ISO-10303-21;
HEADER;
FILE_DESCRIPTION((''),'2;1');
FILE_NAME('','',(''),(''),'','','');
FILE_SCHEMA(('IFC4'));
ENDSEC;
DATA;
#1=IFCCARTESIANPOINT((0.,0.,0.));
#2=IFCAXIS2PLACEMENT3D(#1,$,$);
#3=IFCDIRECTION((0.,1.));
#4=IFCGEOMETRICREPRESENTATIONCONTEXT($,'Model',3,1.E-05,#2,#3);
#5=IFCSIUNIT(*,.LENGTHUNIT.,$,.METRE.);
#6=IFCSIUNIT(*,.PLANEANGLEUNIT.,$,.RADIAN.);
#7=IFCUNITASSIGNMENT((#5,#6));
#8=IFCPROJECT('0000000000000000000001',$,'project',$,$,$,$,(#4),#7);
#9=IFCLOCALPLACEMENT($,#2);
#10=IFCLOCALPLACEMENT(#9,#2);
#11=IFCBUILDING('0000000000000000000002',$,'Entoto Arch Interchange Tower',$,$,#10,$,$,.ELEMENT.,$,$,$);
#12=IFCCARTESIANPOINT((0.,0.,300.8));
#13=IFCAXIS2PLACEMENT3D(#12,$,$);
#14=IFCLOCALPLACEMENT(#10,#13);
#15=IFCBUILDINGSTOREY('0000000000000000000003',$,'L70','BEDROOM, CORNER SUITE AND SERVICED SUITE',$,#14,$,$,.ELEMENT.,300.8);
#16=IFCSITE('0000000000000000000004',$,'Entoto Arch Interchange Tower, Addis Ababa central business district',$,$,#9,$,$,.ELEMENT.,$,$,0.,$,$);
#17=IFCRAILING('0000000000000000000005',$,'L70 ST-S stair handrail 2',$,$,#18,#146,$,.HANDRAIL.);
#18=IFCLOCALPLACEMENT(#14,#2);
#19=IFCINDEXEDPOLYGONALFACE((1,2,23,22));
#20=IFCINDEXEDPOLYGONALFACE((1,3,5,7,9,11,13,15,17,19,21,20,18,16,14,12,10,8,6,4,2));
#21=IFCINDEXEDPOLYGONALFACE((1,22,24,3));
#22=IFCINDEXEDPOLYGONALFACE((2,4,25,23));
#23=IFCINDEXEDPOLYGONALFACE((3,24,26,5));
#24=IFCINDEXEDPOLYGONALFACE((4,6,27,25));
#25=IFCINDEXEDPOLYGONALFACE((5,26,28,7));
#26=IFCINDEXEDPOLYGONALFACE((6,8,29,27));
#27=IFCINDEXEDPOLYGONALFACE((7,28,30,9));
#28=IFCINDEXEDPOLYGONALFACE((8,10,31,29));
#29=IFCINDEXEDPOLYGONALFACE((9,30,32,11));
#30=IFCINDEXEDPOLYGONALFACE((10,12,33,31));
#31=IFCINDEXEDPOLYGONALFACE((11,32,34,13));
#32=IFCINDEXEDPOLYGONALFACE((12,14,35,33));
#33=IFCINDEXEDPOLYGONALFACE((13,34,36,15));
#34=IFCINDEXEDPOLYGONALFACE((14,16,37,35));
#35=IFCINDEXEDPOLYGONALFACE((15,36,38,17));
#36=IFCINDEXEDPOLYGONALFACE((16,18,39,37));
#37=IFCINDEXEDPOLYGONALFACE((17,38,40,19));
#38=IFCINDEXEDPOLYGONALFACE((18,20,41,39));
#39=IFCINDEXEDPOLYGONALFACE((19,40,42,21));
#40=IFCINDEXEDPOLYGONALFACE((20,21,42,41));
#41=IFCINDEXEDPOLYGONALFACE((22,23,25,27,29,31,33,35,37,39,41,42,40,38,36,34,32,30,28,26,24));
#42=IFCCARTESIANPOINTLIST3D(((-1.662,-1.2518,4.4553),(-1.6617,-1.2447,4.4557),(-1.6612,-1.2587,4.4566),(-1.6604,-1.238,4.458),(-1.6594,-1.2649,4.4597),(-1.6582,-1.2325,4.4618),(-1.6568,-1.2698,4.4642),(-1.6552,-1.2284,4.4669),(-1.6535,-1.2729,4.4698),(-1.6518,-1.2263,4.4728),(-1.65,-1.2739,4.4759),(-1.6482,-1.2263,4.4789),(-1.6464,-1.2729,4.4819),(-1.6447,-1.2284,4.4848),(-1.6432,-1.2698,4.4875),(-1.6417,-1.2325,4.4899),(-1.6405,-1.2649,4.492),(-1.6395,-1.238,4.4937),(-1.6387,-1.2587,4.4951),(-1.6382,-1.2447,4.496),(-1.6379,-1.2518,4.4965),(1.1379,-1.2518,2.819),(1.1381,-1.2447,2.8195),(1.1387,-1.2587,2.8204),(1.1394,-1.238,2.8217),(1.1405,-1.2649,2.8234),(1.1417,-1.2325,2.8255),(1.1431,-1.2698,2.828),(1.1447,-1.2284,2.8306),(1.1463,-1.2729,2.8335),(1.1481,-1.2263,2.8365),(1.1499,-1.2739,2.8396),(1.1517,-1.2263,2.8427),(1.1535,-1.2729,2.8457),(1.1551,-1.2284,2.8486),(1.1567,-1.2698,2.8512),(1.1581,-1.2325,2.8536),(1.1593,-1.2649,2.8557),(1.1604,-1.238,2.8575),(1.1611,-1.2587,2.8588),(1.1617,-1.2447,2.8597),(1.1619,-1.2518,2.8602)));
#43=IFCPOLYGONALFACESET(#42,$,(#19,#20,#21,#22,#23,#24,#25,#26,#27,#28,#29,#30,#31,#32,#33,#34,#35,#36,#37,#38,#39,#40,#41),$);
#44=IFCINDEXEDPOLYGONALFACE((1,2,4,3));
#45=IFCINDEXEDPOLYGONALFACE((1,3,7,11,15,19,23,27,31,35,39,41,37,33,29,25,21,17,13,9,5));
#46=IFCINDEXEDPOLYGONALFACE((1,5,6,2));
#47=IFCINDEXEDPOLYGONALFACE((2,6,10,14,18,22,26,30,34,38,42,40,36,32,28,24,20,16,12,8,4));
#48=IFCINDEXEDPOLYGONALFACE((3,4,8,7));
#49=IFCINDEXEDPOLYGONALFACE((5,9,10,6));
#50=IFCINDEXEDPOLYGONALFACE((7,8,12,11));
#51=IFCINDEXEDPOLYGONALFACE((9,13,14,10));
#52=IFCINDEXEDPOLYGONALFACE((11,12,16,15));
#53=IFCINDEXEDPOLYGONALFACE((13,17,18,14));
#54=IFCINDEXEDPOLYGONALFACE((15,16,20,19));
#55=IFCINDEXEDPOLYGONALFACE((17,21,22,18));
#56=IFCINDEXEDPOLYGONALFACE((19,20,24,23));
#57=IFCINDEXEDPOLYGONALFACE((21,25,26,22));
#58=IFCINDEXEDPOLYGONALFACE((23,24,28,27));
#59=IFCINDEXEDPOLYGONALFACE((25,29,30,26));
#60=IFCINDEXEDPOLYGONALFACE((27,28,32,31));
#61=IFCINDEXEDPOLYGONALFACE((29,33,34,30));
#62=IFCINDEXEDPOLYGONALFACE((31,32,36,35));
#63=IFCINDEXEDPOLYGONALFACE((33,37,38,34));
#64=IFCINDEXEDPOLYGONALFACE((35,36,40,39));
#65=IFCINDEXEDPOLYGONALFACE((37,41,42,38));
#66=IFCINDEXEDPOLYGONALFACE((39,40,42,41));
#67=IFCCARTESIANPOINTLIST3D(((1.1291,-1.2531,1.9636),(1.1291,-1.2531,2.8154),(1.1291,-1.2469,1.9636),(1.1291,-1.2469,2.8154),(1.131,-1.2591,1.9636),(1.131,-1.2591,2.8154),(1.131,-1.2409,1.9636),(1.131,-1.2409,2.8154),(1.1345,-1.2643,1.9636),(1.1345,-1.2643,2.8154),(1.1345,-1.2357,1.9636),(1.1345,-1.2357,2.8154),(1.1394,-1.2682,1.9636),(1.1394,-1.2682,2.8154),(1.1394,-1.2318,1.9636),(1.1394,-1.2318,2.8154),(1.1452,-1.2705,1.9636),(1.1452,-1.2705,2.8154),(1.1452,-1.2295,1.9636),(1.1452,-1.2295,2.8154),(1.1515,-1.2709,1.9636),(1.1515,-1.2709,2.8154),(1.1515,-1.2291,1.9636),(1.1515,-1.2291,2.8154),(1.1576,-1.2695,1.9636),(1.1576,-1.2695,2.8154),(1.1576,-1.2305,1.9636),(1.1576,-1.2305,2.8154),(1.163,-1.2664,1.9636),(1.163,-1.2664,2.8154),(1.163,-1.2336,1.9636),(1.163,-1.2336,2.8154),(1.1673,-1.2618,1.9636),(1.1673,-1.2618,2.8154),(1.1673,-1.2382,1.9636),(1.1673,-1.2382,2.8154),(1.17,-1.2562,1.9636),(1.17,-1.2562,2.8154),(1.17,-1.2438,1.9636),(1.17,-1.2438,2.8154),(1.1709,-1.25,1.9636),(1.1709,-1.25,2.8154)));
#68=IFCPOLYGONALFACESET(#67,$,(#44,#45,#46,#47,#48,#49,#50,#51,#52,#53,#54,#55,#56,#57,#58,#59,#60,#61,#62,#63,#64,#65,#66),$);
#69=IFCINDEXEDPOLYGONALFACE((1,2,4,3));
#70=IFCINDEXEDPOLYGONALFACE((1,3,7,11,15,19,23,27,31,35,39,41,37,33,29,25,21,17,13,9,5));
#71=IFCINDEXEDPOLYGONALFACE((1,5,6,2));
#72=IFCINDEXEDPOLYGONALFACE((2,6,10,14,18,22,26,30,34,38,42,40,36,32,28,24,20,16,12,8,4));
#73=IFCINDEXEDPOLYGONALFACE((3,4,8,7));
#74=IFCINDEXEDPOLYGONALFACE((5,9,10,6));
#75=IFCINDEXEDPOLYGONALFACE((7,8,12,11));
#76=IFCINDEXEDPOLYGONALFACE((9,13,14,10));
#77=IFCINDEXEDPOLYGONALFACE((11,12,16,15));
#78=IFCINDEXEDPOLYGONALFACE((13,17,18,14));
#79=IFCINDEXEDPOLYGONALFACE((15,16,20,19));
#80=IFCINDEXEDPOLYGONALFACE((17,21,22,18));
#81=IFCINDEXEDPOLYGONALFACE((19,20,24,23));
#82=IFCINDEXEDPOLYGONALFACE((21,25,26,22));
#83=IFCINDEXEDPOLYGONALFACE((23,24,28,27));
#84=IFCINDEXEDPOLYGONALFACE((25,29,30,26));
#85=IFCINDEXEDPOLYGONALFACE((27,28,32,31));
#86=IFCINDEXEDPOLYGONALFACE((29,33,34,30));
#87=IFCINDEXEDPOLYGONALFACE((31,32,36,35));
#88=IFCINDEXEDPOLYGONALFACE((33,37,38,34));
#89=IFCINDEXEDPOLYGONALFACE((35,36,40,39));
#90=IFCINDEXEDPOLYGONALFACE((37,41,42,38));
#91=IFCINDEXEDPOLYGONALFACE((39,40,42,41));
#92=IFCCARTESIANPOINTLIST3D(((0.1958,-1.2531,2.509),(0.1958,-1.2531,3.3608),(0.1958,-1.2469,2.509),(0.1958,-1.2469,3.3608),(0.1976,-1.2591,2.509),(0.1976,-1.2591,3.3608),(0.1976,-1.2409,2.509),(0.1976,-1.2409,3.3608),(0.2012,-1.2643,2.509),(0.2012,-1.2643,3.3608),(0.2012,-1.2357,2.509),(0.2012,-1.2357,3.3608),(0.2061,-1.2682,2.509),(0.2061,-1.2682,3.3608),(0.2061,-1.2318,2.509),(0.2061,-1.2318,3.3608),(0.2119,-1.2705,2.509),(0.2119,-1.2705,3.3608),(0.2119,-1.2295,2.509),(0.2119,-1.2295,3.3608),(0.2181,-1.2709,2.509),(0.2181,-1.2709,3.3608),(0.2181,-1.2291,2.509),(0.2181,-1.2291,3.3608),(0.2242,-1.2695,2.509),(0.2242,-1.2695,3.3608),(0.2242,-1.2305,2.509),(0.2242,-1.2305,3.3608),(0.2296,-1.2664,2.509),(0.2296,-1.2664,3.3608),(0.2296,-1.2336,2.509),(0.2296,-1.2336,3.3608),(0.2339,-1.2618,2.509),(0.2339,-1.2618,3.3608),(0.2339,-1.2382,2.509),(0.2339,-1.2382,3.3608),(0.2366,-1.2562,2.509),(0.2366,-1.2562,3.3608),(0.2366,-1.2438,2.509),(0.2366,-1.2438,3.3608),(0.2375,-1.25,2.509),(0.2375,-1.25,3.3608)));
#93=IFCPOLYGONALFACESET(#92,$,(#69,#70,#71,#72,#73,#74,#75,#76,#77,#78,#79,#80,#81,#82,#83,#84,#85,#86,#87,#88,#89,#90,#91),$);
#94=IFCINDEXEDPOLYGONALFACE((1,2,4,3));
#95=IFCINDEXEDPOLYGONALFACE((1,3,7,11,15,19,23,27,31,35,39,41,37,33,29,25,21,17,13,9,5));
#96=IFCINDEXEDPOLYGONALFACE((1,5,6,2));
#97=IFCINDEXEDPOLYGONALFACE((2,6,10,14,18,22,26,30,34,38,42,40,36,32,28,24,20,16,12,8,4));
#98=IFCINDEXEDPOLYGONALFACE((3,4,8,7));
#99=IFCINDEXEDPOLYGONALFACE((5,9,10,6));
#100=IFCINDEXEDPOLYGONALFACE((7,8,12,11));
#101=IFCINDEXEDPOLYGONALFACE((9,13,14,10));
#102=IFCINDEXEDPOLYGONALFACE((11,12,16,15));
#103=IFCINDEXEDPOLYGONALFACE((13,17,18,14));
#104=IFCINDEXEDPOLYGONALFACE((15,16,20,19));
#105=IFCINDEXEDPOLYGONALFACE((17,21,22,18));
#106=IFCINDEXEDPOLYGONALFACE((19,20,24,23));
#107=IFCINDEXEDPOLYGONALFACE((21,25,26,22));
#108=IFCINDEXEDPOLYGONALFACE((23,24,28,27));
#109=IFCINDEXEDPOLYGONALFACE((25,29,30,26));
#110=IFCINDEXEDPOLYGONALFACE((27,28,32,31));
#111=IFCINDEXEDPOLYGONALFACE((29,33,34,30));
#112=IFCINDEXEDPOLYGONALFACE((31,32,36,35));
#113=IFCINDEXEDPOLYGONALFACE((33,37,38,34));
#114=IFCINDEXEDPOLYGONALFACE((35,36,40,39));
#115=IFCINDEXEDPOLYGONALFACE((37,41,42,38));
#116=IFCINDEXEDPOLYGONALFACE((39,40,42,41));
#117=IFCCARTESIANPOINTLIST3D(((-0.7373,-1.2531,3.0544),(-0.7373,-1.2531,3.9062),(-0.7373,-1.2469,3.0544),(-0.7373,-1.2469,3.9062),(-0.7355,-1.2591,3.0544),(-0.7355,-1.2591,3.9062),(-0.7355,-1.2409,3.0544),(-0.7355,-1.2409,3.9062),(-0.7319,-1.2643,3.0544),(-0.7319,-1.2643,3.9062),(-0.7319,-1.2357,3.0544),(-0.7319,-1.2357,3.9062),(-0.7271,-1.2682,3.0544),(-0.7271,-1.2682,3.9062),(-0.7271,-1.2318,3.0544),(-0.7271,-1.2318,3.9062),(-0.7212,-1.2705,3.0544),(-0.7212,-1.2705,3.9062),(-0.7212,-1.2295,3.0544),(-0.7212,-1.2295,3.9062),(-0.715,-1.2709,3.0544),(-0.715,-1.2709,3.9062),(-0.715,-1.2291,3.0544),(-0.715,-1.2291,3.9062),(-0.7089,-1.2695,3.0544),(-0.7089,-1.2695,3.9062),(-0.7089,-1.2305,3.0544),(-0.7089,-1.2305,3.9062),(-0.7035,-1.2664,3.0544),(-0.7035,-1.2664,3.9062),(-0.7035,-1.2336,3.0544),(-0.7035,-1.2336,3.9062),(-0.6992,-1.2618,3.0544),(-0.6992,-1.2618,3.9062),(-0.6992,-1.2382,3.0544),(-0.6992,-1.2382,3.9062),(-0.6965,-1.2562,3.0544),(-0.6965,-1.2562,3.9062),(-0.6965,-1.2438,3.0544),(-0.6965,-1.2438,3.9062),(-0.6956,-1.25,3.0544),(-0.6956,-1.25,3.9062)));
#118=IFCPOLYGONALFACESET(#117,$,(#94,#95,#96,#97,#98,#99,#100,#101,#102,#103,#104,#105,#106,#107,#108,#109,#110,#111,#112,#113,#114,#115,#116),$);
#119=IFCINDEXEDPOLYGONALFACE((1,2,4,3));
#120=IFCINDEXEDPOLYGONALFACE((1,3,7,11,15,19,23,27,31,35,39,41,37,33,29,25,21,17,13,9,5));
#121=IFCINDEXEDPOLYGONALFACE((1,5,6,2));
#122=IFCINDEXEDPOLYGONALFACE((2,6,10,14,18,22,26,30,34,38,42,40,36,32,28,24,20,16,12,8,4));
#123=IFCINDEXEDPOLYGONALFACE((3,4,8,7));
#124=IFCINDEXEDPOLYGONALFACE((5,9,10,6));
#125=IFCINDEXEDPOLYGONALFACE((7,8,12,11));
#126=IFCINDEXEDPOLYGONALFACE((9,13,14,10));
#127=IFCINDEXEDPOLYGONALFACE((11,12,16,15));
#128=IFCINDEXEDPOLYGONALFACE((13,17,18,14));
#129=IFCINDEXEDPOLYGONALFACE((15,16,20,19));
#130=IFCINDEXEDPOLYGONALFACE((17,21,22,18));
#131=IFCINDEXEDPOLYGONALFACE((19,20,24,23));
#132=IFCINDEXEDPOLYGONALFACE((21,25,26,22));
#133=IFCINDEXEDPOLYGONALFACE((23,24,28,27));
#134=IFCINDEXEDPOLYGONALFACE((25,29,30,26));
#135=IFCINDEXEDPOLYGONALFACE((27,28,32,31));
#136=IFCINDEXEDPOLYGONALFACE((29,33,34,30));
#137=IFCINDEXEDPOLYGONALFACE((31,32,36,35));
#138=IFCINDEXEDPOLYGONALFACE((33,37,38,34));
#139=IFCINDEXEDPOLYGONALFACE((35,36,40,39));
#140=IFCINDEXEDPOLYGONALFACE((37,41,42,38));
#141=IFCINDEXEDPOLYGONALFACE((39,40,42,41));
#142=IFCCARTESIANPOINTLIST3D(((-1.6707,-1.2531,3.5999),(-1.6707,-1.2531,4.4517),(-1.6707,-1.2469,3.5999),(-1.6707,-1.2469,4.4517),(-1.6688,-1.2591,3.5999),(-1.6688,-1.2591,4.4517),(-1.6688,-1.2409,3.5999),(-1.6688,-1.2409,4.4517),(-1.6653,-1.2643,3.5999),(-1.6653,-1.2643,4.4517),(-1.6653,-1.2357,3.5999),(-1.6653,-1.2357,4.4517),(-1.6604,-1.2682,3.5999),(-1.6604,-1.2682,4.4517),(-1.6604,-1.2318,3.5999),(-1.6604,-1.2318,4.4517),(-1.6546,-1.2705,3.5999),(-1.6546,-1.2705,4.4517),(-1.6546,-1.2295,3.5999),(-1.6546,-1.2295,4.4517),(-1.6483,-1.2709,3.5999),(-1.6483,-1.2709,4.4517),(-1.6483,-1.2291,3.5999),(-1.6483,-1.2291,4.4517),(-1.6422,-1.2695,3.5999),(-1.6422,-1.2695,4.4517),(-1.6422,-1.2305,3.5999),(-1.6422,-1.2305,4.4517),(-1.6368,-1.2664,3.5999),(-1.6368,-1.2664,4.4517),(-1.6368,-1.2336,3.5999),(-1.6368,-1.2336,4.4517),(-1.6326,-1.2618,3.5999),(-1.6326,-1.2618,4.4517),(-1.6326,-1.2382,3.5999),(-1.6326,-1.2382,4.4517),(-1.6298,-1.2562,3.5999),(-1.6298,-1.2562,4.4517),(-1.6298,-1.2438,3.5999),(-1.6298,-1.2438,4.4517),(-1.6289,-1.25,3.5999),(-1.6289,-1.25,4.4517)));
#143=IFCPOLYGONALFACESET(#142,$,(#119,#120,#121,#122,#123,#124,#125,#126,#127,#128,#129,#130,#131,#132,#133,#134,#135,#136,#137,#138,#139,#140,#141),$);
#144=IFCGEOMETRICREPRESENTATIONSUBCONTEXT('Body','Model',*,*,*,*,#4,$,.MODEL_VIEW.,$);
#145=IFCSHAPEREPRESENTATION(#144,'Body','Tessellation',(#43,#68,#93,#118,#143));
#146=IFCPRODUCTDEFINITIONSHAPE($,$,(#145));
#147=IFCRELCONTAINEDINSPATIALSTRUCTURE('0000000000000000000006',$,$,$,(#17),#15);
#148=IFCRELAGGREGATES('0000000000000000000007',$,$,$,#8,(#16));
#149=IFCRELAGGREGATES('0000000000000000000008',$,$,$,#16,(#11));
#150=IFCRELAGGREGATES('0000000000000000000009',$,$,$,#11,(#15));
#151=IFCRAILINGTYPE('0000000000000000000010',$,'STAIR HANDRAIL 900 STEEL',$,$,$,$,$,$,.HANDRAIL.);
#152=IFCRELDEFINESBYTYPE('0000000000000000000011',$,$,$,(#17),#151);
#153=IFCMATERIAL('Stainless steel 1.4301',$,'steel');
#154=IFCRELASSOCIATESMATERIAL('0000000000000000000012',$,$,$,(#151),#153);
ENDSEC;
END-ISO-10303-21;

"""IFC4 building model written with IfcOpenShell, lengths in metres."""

from ifc_helpers import new_model, si_unit, direction, frame, origin, origin_2d, place, context, subcontext, project, spatial, circle, extrude, material, type_object, element, save


model = new_model("IFC4")

# Units and contexts
model_context = context("Model", 3, precision=1e-05, world=origin(), true_north=direction((0.0, 1.0)))
body_context = subcontext(model_context, "Body", "Model", "MODEL_VIEW")
ifc_project = project(units=[si_unit("LENGTHUNIT", "METRE"), si_unit("PLANEANGLEUNIT", "RADIAN")], contexts=[model_context])

# Site, building, storey
site_placement = place(None, origin())
site = spatial("IfcSite", under=ifc_project, at=site_placement, Name="Entoto Arch Interchange Tower, Addis Ababa central business district", CompositionType="ELEMENT", RefElevation=0.0)
building_placement = place(site_placement, origin())
building = spatial("IfcBuilding", under=site, at=building_placement, Name="Entoto Arch Interchange Tower", CompositionType="ELEMENT")
storey_placement = place(building_placement, frame((0.0, 0.0, 300.8)))
storey = spatial("IfcBuildingStorey", under=building, at=storey_placement, Name="L70", Description="BEDROOM, CORNER SUITE AND SERVICED SUITE", CompositionType="ELEMENT", Elevation=300.8)

# Railing
ifc_material_1 = material(Name="Stainless steel 1.4301", Category="steel")
railing_type_1 = type_object("IfcRailingType", Name="STAIR HANDRAIL 900 STEEL", PredefinedType="HANDRAIL", material=ifc_material_1)
railing_1_placement = place(storey_placement, frame((1.1499, -1.25, 1.9636)))
element("IfcRailing", 1, at=railing_1_placement, inside=storey, type_object=railing_type_1, Name="L70 ST-S stair handrail 2", PredefinedType="HANDRAIL", context=body_context, shape_type="SweptSolid", body=[
    extrude(circle(Radius=0.0239, at=origin_2d()), frame((0.0, 0.0, 0.876), z_axis=(-0.863374, 0.0, 0.504564), x_axis=(0.0, -1.0, 0.0)), (0.0, 0.0, 1.0), 3.2429),
    extrude(circle(Radius=0.021, at=origin_2d()), origin(), (0.0, 0.0, 1.0), 0.8518),
    extrude(circle(Radius=0.021, at=origin_2d()), frame((-0.9333, 0.0, 0.5454)), (0.0, 0.0, 1.0), 0.8518),
    extrude(circle(Radius=0.021, at=origin_2d()), frame((-1.8665, 0.0, 1.0908)), (0.0, 0.0, 1.0), 0.8518),
    extrude(circle(Radius=0.021, at=origin_2d()), frame((-2.7998, 0.0, 1.6362)), (0.0, 0.0, 1.0), 0.8518),
])

save(model, "model.ifc")
